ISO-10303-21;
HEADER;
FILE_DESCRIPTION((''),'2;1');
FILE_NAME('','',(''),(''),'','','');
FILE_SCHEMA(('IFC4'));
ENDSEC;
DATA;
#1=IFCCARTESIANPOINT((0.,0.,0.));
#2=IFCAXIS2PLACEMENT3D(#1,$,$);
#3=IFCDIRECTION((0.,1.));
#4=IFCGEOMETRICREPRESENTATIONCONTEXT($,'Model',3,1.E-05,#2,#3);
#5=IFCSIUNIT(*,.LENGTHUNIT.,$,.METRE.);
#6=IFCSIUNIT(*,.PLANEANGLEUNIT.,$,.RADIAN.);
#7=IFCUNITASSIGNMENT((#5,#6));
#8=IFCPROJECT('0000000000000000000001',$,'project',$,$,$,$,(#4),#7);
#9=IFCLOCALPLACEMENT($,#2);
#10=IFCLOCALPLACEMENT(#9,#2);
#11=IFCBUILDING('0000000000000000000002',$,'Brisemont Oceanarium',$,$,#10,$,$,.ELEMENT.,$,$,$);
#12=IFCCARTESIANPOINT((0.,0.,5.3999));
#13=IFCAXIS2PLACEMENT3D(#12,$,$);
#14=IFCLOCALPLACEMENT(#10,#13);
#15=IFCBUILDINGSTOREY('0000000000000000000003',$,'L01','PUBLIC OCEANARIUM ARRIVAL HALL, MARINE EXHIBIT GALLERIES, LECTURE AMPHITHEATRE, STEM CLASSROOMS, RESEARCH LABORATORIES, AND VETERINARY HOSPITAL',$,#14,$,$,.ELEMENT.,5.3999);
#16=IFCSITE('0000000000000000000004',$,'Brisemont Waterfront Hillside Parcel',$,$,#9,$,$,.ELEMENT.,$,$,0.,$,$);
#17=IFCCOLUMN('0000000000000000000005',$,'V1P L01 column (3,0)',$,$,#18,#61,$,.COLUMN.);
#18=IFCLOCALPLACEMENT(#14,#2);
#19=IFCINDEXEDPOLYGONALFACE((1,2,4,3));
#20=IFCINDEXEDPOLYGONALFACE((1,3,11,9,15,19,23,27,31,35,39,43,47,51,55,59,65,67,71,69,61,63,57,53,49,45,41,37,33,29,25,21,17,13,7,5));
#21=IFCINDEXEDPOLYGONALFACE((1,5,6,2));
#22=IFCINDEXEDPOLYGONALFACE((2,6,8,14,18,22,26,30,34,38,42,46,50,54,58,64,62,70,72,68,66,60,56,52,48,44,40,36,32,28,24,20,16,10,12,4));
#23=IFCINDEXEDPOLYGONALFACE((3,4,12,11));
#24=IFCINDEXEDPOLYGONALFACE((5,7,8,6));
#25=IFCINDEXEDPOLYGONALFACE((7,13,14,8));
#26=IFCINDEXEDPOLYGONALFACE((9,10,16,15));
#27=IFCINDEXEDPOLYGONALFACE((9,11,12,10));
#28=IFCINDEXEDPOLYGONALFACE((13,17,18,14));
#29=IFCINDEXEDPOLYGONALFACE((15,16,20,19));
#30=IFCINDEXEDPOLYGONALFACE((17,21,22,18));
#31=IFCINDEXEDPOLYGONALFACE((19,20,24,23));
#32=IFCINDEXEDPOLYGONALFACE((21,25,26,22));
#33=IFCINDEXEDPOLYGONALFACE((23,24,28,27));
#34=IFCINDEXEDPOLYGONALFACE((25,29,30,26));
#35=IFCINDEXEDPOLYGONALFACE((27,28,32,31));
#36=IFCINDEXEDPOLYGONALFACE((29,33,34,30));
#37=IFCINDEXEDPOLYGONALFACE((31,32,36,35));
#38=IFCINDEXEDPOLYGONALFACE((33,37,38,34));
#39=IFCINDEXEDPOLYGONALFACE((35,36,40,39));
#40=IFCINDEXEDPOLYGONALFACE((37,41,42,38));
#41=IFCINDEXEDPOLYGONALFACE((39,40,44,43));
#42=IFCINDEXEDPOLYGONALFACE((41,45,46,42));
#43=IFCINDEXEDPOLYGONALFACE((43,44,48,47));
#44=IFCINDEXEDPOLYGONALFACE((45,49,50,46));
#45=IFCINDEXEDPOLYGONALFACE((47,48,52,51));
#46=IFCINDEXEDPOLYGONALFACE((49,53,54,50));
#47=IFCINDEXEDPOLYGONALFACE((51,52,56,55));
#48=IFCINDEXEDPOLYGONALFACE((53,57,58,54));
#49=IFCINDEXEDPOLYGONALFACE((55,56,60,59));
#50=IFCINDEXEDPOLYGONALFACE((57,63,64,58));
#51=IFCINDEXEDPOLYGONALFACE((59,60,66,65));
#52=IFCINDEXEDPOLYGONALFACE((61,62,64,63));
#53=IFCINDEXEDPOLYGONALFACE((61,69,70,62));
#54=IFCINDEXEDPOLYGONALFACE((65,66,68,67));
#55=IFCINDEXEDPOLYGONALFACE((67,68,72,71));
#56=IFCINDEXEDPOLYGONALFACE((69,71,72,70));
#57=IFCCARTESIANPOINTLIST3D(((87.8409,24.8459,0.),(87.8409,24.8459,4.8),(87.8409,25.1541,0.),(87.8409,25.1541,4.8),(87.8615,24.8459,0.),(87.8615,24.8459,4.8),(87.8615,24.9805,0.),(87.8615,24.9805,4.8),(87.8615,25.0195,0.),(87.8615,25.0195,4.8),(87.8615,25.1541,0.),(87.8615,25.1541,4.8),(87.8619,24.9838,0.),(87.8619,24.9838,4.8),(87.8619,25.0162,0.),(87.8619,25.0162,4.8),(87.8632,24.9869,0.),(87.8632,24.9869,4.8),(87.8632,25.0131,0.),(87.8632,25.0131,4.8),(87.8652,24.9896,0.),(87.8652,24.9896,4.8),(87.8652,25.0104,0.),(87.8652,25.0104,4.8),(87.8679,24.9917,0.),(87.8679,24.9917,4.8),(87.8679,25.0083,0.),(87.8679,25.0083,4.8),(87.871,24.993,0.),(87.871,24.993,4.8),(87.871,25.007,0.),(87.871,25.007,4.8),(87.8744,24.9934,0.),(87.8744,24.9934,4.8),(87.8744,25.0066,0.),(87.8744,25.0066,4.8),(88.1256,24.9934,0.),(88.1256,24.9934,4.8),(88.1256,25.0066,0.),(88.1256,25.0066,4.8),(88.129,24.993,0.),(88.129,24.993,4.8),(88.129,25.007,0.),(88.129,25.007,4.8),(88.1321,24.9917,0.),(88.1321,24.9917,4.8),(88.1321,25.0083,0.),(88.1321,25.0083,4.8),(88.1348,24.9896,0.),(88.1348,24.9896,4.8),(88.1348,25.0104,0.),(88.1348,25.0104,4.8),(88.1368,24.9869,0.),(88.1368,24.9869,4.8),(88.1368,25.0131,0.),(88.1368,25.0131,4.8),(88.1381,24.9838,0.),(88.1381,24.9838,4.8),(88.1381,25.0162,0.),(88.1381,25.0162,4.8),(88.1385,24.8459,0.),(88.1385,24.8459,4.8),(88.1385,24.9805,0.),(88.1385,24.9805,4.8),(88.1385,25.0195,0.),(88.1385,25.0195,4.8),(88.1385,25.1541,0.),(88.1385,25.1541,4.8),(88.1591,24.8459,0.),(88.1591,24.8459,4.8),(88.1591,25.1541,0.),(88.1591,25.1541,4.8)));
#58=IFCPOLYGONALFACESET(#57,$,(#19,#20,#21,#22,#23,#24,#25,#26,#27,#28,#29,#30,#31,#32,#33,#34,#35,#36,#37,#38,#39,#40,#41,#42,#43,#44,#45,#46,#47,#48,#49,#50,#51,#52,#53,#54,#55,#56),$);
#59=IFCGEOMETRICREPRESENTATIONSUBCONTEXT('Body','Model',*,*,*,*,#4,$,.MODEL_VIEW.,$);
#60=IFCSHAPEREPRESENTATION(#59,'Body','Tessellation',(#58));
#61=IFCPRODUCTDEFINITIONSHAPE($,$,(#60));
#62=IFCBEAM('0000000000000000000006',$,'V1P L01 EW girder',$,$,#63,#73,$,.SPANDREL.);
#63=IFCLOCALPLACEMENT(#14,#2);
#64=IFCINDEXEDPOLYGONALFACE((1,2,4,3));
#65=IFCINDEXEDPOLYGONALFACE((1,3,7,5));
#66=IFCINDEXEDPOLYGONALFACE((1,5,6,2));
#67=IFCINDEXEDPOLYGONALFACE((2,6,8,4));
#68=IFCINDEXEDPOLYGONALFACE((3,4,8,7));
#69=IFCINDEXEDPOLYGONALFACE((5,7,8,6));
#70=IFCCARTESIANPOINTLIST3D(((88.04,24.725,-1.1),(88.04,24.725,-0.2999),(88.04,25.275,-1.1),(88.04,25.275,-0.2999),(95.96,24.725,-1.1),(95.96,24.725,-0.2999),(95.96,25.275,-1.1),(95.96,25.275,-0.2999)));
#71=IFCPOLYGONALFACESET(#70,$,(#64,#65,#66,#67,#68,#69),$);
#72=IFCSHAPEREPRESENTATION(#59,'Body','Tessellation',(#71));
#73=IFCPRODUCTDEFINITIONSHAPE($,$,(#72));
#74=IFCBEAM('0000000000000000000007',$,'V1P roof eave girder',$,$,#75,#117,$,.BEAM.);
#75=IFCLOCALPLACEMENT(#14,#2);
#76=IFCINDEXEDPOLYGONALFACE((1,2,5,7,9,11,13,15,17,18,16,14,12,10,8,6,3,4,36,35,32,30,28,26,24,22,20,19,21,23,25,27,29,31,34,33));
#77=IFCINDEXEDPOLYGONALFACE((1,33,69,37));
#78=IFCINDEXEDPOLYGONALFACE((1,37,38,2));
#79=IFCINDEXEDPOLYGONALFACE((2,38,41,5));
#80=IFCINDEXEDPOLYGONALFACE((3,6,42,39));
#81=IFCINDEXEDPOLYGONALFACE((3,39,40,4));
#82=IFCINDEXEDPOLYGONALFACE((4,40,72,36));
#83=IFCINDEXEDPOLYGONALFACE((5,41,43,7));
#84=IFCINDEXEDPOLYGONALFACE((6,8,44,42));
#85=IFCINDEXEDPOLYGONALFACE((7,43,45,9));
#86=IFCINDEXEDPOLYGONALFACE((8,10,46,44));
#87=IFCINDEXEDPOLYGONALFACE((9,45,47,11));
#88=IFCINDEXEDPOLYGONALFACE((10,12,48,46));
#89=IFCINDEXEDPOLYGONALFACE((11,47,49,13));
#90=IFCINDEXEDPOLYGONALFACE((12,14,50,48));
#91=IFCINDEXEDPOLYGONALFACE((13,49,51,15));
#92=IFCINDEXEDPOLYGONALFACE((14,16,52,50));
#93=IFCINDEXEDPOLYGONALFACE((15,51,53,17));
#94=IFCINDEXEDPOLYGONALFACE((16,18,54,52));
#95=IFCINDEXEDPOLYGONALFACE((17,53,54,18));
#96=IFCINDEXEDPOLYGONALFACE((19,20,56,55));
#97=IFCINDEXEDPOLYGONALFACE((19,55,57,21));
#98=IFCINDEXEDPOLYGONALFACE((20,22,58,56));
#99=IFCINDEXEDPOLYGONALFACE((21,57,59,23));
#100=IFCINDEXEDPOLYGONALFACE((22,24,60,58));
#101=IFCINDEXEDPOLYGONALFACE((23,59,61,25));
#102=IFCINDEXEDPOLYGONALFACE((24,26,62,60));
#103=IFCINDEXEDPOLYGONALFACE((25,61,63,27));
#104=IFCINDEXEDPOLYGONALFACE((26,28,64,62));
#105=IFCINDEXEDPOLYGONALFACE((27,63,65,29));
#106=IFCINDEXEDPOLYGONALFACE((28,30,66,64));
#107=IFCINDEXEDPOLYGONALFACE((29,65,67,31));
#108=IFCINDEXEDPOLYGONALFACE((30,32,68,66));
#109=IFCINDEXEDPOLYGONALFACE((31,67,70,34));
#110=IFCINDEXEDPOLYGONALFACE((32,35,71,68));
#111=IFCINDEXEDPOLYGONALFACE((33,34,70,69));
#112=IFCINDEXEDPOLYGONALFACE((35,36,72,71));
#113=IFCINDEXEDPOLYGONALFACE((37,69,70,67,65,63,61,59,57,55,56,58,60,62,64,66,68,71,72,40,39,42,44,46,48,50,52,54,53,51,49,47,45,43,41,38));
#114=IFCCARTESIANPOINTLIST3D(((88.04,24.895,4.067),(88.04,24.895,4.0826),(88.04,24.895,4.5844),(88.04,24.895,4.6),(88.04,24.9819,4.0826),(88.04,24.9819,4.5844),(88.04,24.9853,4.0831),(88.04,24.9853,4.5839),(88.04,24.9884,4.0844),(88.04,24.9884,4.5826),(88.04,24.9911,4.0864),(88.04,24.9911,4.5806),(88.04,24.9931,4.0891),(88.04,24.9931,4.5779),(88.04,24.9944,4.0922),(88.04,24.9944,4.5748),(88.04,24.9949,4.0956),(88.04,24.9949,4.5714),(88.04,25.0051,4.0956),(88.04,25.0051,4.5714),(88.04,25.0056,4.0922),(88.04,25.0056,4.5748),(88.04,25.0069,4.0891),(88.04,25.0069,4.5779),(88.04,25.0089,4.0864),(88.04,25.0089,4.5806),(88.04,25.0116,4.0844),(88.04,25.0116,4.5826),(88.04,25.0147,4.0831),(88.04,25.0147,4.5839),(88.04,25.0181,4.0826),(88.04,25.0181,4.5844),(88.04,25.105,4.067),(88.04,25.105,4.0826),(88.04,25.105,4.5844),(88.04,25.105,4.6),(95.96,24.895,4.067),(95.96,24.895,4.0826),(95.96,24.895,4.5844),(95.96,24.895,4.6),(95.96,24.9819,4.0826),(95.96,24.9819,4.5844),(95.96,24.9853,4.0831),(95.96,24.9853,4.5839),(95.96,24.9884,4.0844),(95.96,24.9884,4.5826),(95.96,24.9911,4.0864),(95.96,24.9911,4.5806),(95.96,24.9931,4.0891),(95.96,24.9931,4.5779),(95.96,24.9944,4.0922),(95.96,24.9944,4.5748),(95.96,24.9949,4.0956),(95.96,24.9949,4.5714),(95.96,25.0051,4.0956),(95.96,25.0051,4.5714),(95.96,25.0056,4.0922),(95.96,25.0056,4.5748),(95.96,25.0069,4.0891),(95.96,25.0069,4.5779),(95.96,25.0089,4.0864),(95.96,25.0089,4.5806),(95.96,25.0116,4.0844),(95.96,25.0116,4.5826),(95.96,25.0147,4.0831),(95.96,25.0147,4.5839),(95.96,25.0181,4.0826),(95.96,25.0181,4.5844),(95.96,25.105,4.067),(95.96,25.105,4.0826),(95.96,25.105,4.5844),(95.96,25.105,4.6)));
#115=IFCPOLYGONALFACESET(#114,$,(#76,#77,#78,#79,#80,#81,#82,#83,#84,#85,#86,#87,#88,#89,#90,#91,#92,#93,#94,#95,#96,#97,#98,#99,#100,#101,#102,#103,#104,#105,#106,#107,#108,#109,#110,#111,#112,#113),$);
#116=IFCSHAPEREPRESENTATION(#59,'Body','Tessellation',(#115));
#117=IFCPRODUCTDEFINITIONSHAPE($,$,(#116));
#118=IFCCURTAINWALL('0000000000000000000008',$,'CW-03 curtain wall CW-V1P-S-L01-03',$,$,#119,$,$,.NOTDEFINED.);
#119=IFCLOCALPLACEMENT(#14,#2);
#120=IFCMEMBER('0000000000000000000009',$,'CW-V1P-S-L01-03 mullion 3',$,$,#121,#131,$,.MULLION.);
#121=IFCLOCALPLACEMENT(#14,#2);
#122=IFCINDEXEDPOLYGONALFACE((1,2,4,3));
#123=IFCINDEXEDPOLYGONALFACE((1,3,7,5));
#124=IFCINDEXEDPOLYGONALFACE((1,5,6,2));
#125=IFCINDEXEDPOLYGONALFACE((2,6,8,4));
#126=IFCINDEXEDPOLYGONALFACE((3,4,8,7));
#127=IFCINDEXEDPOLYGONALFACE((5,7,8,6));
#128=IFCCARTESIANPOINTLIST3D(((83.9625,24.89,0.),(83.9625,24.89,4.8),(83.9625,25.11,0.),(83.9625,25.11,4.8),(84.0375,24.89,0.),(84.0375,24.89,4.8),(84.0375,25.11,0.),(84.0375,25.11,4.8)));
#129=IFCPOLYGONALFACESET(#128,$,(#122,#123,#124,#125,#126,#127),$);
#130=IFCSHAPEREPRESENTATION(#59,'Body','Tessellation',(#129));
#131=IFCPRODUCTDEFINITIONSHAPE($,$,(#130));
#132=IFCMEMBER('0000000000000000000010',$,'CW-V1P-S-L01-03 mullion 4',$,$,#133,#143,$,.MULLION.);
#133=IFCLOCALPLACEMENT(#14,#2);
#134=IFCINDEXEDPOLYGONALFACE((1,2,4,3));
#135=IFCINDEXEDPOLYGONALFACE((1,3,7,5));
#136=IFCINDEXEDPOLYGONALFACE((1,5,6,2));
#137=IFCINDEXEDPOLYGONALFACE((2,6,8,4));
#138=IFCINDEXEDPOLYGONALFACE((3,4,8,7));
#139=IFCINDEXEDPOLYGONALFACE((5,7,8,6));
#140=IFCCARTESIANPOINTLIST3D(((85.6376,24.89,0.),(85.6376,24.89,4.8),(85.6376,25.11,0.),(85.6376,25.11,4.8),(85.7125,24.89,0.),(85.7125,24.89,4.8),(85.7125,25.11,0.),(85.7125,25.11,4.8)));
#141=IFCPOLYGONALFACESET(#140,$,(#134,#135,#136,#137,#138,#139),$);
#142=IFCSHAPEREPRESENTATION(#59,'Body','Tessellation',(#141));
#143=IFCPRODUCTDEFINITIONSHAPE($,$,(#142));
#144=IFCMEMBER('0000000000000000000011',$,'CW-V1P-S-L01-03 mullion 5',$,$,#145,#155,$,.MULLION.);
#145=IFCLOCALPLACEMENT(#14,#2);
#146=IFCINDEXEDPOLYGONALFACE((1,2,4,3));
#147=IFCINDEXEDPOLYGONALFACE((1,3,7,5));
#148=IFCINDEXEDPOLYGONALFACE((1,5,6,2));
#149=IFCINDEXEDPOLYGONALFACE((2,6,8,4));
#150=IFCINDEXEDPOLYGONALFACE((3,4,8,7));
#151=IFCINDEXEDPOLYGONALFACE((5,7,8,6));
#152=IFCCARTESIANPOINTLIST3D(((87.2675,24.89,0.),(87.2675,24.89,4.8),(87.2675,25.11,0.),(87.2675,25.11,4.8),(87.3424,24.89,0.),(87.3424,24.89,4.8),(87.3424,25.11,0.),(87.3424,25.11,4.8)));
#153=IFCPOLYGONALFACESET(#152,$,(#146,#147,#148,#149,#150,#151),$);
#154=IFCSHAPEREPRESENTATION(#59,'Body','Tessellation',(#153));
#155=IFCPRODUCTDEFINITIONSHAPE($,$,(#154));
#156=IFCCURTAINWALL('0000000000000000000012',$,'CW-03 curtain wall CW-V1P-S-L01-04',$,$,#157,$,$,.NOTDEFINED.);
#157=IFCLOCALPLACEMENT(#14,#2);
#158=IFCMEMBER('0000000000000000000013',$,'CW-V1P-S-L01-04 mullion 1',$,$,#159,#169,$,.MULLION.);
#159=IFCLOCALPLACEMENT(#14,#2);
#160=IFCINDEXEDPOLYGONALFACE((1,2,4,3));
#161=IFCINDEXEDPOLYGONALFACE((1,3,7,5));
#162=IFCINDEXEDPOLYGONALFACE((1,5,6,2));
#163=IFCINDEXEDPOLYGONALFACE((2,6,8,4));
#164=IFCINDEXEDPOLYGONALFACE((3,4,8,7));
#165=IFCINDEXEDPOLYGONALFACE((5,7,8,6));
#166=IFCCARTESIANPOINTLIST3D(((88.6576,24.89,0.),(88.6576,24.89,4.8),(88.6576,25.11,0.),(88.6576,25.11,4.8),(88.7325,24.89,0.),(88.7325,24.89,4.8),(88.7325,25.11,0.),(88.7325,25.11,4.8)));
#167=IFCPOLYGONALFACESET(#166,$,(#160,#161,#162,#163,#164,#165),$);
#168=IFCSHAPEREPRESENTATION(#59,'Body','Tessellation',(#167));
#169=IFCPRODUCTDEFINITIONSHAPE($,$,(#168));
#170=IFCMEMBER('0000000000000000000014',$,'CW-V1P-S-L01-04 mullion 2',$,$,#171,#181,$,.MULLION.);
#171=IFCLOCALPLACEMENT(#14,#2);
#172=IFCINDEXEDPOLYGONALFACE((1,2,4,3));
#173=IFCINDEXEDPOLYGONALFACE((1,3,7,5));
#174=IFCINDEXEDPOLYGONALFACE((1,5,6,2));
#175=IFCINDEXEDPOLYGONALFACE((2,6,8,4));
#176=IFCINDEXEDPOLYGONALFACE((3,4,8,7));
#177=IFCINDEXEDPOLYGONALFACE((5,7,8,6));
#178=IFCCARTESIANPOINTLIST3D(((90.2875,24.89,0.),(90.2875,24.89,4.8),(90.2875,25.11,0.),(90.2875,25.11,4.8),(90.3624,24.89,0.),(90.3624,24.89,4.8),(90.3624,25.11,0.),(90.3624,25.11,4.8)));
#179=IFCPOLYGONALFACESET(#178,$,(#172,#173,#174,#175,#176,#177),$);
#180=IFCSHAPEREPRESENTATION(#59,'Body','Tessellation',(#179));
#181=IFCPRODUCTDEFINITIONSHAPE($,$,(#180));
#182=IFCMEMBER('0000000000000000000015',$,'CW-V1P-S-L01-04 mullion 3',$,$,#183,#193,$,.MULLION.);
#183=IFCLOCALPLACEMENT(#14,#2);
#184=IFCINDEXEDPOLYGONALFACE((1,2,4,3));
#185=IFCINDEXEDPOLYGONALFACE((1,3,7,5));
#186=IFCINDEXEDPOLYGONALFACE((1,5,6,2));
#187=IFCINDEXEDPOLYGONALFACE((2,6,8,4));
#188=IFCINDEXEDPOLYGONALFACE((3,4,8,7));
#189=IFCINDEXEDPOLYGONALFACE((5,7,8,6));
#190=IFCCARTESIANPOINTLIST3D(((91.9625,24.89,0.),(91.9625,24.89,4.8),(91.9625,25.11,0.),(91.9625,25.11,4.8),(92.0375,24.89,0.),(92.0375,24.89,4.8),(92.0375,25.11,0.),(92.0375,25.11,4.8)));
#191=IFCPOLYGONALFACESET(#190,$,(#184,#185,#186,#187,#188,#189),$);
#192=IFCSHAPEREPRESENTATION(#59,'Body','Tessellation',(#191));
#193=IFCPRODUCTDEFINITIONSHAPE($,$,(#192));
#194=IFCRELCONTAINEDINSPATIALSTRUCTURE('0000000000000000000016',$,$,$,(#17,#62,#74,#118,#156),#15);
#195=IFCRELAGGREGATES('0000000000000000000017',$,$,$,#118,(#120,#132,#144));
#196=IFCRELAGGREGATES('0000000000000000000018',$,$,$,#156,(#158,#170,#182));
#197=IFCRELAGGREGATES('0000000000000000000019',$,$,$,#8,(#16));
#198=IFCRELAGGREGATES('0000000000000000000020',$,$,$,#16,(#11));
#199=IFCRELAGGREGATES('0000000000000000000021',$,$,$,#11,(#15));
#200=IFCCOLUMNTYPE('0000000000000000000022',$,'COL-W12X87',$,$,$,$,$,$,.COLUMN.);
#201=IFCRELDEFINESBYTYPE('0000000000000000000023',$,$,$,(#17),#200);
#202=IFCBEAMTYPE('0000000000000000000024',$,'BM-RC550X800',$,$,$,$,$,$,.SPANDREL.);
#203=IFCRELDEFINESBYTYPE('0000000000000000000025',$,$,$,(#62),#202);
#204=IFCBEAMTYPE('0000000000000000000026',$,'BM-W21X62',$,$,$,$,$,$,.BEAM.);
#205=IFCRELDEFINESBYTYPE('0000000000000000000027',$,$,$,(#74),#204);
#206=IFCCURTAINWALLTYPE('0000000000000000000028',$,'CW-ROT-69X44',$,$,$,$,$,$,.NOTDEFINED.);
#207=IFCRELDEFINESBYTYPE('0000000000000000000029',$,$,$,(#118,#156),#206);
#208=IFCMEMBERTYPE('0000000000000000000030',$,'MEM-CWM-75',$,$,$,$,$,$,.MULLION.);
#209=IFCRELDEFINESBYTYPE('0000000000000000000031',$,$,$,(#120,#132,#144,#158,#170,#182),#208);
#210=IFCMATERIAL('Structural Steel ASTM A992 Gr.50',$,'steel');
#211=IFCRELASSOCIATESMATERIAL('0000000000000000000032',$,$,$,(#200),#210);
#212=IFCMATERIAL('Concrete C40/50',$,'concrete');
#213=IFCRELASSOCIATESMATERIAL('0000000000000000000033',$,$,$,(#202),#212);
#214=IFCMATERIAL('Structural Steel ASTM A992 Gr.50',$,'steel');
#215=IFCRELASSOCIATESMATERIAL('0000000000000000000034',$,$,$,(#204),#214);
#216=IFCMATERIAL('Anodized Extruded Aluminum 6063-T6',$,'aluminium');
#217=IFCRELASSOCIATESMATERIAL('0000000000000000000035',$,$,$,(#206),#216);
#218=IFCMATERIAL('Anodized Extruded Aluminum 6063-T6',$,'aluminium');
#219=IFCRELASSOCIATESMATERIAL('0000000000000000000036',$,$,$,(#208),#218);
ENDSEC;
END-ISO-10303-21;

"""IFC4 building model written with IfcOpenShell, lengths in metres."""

from ifc_helpers import new_model, si_unit, direction, frame, origin, origin_2d, place, context, subcontext, project, spatial, rectangle, i_section, extrude, material, material_profile, profile_set, type_object, element, aggregate, save


model = new_model("IFC4")

# Units and contexts
model_context = context("Model", 3, precision=1e-05, world=origin(), true_north=direction((0.0, 1.0)))
body_context = subcontext(model_context, "Body", "Model", "MODEL_VIEW")
ifc_project = project(units=[si_unit("LENGTHUNIT", "METRE"), si_unit("PLANEANGLEUNIT", "RADIAN")], contexts=[model_context])

# Site, building, storey
site_placement = place(None, origin())
site = spatial("IfcSite", under=ifc_project, at=site_placement, Name="Brisemont Waterfront Hillside Parcel", CompositionType="ELEMENT", RefElevation=0.0)
building_placement = place(site_placement, origin())
building = spatial("IfcBuilding", under=site, at=building_placement, Name="Brisemont Oceanarium", CompositionType="ELEMENT")
storey_placement = place(building_placement, frame((0.0, 0.0, 5.3999)))
storey = spatial("IfcBuildingStorey", under=building, at=storey_placement, Name="L01", Description="PUBLIC OCEANARIUM ARRIVAL HALL, MARINE EXHIBIT GALLERIES, LECTURE AMPHITHEATRE, STEM CLASSROOMS, RESEARCH LABORATORIES, AND VETERINARY HOSPITAL", CompositionType="ELEMENT", Elevation=5.3999)

# Column
ifc_material_1 = material(Name="Structural Steel ASTM A992 Gr.50", Category="steel")
ifc_material_profile_1 = material_profile(ifc_material_1, i_section(OverallWidth=0.3081, OverallDepth=0.3181, WebThickness=0.0132, FlangeThickness=0.0205, FilletRadius=0.0129, at=origin_2d()), Name="W12X87")
ifc_profile_set_1 = profile_set([ifc_material_profile_1], Name="Structural Steel ASTM A992 Gr.50")
column_type = type_object("IfcColumnType", Name="COL-W12X87", PredefinedType="COLUMN", material=ifc_profile_set_1)
column_placement = place(storey_placement, frame((88.0, 25.0, 0.0), z_axis=(0.0, 0.0, 1.0), x_axis=(0.0, 1.0, 0.0)))
element("IfcColumn", 1, at=column_placement, inside=storey, type_object=column_type, Name="V1P L01 column (3,0)", PredefinedType="COLUMN", context=body_context, shape_type="SweptSolid", body=[
    extrude(i_section(OverallWidth=0.3081, OverallDepth=0.3181, WebThickness=0.0132, FlangeThickness=0.0205, FilletRadius=0.0129, at=origin_2d()), origin(), (0.0, 0.0, 1.0), 4.8),
])

# Beams
ifc_material_2 = material(Name="Concrete C40/50", Category="concrete")
ifc_material_profile_2 = material_profile(ifc_material_2, rectangle(XDim=0.55, YDim=0.8, at=origin_2d()), Name="RC-BM-550X800")
ifc_profile_set_2 = profile_set([ifc_material_profile_2], Name="Concrete C40/50")
beam_type_1 = type_object("IfcBeamType", Name="BM-RC550X800", PredefinedType="SPANDREL", material=ifc_profile_set_2)
beam_1_placement = place(storey_placement, frame((88.04, 25.0, -0.7), z_axis=(1.0, 0.0, 0.0), x_axis=(0.0, 1.0, 0.0)))
element("IfcBeam", 2, at=beam_1_placement, inside=storey, type_object=beam_type_1, Name="V1P L01 EW girder", PredefinedType="SPANDREL", context=body_context, shape_type="SweptSolid", body=[
    extrude(rectangle(XDim=0.55, YDim=0.8, at=origin_2d()), origin(), (0.0, 0.0, 1.0), 7.9199),
])
ifc_material_3 = material(Name="Structural Steel ASTM A992 Gr.50", Category="steel")
ifc_material_profile_3 = material_profile(ifc_material_3, i_section(OverallWidth=0.21, OverallDepth=0.533, WebThickness=0.0103, FlangeThickness=0.0156, FilletRadius=0.0129, at=origin_2d()), Name="W21X62")
ifc_profile_set_3 = profile_set([ifc_material_profile_3], Name="Structural Steel ASTM A992 Gr.50")
beam_type_2 = type_object("IfcBeamType", Name="BM-W21X62", PredefinedType="BEAM", material=ifc_profile_set_3)
beam_2_placement = place(storey_placement, frame((88.04, 25.0, 4.3335), z_axis=(1.0, 0.0, 0.0), x_axis=(0.0, 1.0, 0.0)))
element("IfcBeam", 3, at=beam_2_placement, inside=storey, type_object=beam_type_2, Name="V1P roof eave girder", PredefinedType="BEAM", context=body_context, shape_type="SweptSolid", body=[
    extrude(i_section(OverallWidth=0.21, OverallDepth=0.533, WebThickness=0.0103, FlangeThickness=0.0156, FilletRadius=0.0129, at=origin_2d()), origin(), (0.0, 0.0, 1.0), 7.9199),
])

# Curtain walls, members
ifc_material_4 = material(Name="Anodized Extruded Aluminum 6063-T6", Category="aluminium")
curtain_wall_type = type_object("IfcCurtainWallType", Name="CW-ROT-69X44", PredefinedType="NOTDEFINED", material=ifc_material_4)
curtain_wall_1_placement = place(storey_placement, origin())
curtain_wall_1 = element("IfcCurtainWall", 4, at=curtain_wall_1_placement, inside=storey, type_object=curtain_wall_type, Name="CW-03 curtain wall CW-V1P-S-L01-03", PredefinedType="NOTDEFINED")
ifc_material_5 = material(Name="Anodized Extruded Aluminum 6063-T6", Category="aluminium")
ifc_material_profile_4 = material_profile(ifc_material_5, rectangle(XDim=0.075, YDim=0.22, at=origin_2d()), Name="CWM-75X220")
ifc_profile_set_4 = profile_set([ifc_material_profile_4], Name="Anodized Extruded Aluminum 6063-T6")
member_type_1 = type_object("IfcMemberType", Name="MEM-CWM-75", PredefinedType="MULLION", material=ifc_profile_set_4)
member_1_placement = place(storey_placement, frame((84.0, 25.0, 0.0), z_axis=(0.0, 0.0, 1.0), x_axis=(1.0, 0.0, 0.0)))
member_1 = element("IfcMember", 5, at=member_1_placement, type_object=member_type_1, Name="CW-V1P-S-L01-03 mullion 3", PredefinedType="MULLION", context=body_context, shape_type="SweptSolid", body=[
    extrude(rectangle(XDim=0.075, YDim=0.22, at=origin_2d()), origin(), (0.0, 0.0, 1.0), 4.8),
])
member_2_placement = place(storey_placement, frame((85.675, 25.0, 0.0), z_axis=(0.0, 0.0, 1.0), x_axis=(1.0, 0.0, 0.0)))
member_2 = element("IfcMember", 6, at=member_2_placement, type_object=member_type_1, Name="CW-V1P-S-L01-03 mullion 4", PredefinedType="MULLION", context=body_context, shape_type="SweptSolid", body=[
    extrude(rectangle(XDim=0.075, YDim=0.22, at=origin_2d()), origin(), (0.0, 0.0, 1.0), 4.8),
])
member_3_placement = place(storey_placement, frame((87.3049, 25.0, 0.0), z_axis=(0.0, 0.0, 1.0), x_axis=(1.0, 0.0, 0.0)))
member_3 = element("IfcMember", 7, at=member_3_placement, type_object=member_type_1, Name="CW-V1P-S-L01-03 mullion 5", PredefinedType="MULLION", context=body_context, shape_type="SweptSolid", body=[
    extrude(rectangle(XDim=0.075, YDim=0.22, at=origin_2d()), origin(), (0.0, 0.0, 1.0), 4.8),
])
curtain_wall_2_placement = place(storey_placement, origin())
curtain_wall_2 = element("IfcCurtainWall", 8, at=curtain_wall_2_placement, inside=storey, type_object=curtain_wall_type, Name="CW-03 curtain wall CW-V1P-S-L01-04", PredefinedType="NOTDEFINED")
member_4_placement = place(storey_placement, frame((88.6951, 25.0, 0.0), z_axis=(0.0, 0.0, 1.0), x_axis=(1.0, 0.0, 0.0)))
member_4 = element("IfcMember", 9, at=member_4_placement, type_object=member_type_1, Name="CW-V1P-S-L01-04 mullion 1", PredefinedType="MULLION", context=body_context, shape_type="SweptSolid", body=[
    extrude(rectangle(XDim=0.075, YDim=0.22, at=origin_2d()), origin(), (0.0, 0.0, 1.0), 4.8),
])
member_5_placement = place(storey_placement, frame((90.325, 25.0, 0.0), z_axis=(0.0, 0.0, 1.0), x_axis=(1.0, 0.0, 0.0)))
member_5 = element("IfcMember", 10, at=member_5_placement, type_object=member_type_1, Name="CW-V1P-S-L01-04 mullion 2", PredefinedType="MULLION", context=body_context, shape_type="SweptSolid", body=[
    extrude(rectangle(XDim=0.075, YDim=0.22, at=origin_2d()), origin(), (0.0, 0.0, 1.0), 4.8),
])
member_6_placement = place(storey_placement, frame((92.0, 25.0, 0.0), z_axis=(0.0, 0.0, 1.0), x_axis=(1.0, 0.0, 0.0)))
member_6 = element("IfcMember", 11, at=member_6_placement, type_object=member_type_1, Name="CW-V1P-S-L01-04 mullion 3", PredefinedType="MULLION", context=body_context, shape_type="SweptSolid", body=[
    extrude(rectangle(XDim=0.075, YDim=0.22, at=origin_2d()), origin(), (0.0, 0.0, 1.0), 4.8),
])

aggregate(curtain_wall_1, [member_1, member_2, member_3])
aggregate(curtain_wall_2, [member_4, member_5, member_6])

save(model, "model.ifc")
